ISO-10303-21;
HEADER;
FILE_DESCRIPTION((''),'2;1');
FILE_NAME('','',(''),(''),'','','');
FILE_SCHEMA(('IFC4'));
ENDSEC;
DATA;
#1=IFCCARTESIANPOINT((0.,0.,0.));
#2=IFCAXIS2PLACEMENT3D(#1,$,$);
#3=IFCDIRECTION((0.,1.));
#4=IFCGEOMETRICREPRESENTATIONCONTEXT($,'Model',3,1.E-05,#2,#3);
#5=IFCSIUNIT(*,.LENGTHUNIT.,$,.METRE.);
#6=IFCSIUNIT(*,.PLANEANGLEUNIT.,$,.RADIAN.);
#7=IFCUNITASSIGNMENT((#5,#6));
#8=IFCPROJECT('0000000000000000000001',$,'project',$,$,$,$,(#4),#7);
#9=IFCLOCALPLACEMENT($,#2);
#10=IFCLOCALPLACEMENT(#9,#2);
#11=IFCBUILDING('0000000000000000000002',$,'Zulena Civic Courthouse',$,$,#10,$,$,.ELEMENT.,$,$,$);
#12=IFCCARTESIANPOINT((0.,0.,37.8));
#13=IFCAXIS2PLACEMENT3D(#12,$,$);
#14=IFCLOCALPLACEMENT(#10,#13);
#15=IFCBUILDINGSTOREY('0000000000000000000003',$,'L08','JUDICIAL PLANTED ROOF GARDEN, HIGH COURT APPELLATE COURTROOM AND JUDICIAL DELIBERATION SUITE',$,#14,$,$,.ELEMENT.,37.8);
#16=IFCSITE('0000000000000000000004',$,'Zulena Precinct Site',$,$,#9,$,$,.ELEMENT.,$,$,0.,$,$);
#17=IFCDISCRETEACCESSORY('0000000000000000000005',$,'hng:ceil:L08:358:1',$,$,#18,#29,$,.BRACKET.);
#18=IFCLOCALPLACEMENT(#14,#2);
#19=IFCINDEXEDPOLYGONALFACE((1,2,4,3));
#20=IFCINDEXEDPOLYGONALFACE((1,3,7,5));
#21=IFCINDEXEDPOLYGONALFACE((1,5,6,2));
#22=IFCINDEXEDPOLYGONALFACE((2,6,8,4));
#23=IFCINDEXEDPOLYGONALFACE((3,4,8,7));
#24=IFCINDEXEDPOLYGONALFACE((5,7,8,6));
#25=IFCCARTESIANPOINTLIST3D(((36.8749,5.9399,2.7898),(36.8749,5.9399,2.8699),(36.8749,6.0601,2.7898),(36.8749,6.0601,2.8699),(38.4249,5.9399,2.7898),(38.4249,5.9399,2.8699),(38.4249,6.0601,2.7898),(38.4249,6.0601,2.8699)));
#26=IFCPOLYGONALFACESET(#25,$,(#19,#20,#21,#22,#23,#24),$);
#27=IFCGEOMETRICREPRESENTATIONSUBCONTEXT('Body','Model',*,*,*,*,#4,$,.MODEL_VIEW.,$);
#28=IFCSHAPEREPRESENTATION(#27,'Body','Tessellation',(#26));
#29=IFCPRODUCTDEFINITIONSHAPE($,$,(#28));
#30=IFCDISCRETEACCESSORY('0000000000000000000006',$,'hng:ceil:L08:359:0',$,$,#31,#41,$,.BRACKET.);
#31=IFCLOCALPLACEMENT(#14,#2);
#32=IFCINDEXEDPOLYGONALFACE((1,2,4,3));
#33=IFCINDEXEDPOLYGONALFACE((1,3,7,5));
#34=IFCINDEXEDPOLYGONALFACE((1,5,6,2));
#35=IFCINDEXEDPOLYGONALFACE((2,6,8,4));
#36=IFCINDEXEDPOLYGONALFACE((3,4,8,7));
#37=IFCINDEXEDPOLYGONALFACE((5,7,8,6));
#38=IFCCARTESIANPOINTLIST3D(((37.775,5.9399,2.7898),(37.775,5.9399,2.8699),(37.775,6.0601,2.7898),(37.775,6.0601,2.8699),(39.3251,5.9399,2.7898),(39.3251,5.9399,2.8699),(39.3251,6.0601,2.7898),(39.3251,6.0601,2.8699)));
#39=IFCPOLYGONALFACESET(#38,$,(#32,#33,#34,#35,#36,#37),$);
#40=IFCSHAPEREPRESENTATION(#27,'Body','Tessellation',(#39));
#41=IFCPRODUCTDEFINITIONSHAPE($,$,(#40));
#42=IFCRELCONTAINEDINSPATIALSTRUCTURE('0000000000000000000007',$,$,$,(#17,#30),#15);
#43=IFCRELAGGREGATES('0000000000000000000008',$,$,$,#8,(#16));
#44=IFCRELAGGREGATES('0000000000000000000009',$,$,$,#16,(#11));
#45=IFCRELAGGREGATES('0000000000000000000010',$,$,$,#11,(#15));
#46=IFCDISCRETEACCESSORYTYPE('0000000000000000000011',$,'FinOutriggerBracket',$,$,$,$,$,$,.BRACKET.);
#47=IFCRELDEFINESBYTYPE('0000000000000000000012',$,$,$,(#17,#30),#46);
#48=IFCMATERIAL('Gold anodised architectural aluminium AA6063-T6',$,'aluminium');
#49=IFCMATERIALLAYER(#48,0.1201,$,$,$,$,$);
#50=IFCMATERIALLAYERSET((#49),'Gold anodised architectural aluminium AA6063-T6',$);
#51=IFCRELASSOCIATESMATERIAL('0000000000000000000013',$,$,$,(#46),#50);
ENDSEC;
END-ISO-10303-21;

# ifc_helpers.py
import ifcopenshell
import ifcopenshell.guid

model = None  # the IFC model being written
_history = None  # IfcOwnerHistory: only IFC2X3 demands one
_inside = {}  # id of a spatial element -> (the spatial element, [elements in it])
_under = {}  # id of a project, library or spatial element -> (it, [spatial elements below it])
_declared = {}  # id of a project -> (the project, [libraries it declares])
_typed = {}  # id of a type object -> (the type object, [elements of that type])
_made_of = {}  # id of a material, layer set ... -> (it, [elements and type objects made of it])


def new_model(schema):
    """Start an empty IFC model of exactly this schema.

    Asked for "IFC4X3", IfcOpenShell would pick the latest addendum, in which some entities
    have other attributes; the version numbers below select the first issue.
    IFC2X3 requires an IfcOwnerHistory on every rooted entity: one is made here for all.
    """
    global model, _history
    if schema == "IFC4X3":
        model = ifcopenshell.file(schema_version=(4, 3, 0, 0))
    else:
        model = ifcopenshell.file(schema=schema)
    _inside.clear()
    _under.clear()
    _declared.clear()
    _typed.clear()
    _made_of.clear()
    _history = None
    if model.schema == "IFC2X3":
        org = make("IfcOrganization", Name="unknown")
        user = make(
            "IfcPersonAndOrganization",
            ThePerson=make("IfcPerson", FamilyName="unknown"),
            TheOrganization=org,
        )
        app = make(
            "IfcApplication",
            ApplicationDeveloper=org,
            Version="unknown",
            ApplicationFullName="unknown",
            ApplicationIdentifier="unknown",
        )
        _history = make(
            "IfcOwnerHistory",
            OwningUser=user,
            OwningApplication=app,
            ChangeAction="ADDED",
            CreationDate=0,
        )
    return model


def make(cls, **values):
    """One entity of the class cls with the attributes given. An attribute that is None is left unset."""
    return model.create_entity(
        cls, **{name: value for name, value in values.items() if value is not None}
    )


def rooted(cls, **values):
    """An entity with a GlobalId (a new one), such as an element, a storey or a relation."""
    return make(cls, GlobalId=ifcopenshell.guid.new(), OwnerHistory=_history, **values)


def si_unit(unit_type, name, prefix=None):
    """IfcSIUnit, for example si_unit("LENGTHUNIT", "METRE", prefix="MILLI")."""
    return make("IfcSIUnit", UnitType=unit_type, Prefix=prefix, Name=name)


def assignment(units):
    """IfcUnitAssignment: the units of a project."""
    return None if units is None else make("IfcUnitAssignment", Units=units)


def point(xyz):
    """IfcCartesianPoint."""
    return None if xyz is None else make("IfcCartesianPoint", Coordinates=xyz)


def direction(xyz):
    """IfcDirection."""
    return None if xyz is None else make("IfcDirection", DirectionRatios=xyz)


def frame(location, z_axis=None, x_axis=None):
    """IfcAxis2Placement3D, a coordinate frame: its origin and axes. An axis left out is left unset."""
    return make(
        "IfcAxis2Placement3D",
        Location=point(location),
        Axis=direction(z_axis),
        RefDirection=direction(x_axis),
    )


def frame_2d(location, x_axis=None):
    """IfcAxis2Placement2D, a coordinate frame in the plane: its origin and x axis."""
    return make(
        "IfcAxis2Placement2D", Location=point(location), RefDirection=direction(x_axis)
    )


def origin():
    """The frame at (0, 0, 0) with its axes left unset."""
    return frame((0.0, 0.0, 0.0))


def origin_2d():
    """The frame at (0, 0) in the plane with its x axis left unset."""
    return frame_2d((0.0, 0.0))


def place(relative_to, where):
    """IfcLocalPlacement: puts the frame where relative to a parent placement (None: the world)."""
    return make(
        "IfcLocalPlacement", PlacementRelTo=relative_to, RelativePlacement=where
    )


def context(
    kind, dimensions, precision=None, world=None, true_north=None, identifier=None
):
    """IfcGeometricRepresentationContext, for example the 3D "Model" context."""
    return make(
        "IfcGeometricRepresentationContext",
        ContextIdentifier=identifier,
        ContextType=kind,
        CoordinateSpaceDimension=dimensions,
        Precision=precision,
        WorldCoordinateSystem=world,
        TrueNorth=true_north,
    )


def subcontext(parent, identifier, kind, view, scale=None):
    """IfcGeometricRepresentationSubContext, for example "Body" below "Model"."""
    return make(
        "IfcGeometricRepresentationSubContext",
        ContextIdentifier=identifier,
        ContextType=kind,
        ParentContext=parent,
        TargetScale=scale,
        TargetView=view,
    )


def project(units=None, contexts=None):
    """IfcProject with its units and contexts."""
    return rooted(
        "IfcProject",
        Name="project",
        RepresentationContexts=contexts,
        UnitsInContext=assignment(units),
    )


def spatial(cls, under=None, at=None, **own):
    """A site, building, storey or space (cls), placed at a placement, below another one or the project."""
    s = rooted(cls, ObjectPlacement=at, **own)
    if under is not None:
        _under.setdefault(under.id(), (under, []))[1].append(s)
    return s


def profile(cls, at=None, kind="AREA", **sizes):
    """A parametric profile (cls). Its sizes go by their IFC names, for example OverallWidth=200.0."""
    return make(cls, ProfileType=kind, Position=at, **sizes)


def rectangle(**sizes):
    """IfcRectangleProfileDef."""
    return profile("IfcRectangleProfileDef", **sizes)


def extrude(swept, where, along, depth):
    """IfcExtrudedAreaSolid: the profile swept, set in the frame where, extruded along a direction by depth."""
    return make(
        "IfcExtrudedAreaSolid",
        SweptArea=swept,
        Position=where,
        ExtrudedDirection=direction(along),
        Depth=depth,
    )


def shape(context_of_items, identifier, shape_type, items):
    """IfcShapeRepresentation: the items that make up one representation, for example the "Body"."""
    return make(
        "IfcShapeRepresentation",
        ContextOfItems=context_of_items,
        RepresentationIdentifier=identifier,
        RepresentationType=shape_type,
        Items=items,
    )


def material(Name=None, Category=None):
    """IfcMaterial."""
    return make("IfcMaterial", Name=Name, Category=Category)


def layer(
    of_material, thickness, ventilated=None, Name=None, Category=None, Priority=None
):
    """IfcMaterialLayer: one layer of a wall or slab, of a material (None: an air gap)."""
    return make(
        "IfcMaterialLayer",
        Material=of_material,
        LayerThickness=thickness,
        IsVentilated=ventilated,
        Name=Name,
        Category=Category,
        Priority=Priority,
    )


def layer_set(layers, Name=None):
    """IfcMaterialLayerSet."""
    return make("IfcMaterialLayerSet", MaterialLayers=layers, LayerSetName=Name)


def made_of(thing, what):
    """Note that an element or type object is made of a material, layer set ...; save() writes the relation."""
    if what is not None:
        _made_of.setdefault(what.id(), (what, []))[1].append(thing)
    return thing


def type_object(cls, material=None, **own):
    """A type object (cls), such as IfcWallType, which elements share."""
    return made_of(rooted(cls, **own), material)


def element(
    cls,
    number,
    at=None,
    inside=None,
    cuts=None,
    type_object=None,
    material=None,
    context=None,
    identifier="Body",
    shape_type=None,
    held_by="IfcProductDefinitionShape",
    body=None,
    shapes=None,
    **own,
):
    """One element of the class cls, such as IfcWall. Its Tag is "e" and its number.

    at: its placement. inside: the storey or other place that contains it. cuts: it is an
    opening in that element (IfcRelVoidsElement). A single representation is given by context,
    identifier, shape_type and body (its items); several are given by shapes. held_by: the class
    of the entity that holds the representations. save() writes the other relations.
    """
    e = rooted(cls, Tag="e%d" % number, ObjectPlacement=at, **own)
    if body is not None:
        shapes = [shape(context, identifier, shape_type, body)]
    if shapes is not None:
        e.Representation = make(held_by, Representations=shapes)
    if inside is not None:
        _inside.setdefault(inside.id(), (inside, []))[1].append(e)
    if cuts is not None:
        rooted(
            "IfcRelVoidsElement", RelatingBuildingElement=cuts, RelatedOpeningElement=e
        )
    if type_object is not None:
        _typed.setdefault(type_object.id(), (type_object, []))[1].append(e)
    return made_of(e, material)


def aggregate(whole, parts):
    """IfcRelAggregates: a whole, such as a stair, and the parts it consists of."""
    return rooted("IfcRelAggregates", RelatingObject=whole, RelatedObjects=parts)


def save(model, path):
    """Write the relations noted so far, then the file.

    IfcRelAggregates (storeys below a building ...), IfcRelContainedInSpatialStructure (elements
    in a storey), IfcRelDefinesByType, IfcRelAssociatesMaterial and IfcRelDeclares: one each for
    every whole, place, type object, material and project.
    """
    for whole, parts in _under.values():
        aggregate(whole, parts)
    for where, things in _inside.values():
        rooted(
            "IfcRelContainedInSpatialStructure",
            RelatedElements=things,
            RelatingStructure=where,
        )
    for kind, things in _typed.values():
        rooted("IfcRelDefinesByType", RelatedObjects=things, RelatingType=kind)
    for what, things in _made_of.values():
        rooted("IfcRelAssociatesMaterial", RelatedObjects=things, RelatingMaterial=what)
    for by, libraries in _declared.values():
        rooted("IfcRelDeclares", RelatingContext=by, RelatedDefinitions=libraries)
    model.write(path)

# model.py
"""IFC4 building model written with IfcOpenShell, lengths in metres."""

from ifc_helpers import new_model, si_unit, direction, frame, origin, origin_2d, place, context, subcontext, project, spatial, rectangle, extrude, material, layer, layer_set, type_object, element, save


model = new_model("IFC4")

# Units and contexts
model_context = context("Model", 3, precision=1e-05, world=origin(), true_north=direction((0.0, 1.0)))
body_context = subcontext(model_context, "Body", "Model", "MODEL_VIEW")
ifc_project = project(units=[si_unit("LENGTHUNIT", "METRE"), si_unit("PLANEANGLEUNIT", "RADIAN")], contexts=[model_context])

# Site, building, storey
site_placement = place(None, origin())
site = spatial("IfcSite", under=ifc_project, at=site_placement, Name="Zulena Precinct Site", CompositionType="ELEMENT", RefElevation=0.0)
building_placement = place(site_placement, origin())
building = spatial("IfcBuilding", under=site, at=building_placement, Name="Zulena Civic Courthouse", CompositionType="ELEMENT")
storey_placement = place(building_placement, frame((0.0, 0.0, 37.8)))
storey = spatial("IfcBuildingStorey", under=building, at=storey_placement, Name="L08", Description="JUDICIAL PLANTED ROOF GARDEN, HIGH COURT APPELLATE COURTROOM AND JUDICIAL DELIBERATION SUITE", CompositionType="ELEMENT", Elevation=37.8)

# Discrete accessories
ifc_material_1 = material(Name="Gold anodised architectural aluminium AA6063-T6", Category="aluminium")
ifc_layer_1 = layer(ifc_material_1, 0.1201)
ifc_layer_set_1 = layer_set([ifc_layer_1], Name="Gold anodised architectural aluminium AA6063-T6")
discrete_accessory_type = type_object("IfcDiscreteAccessoryType", Name="FinOutriggerBracket", PredefinedType="BRACKET", material=ifc_layer_set_1)
for number, where, z_axis, x_axis, name in (
    (1, (37.6499, 6.0, 2.7898), (0.0, 0.0, 1.0), (1.0, 0.0, 0.0), "hng:ceil:L08:358:1"),
    (2, (38.55, 6.0, 2.7898), (0.0, 0.0, 1.0), (1.0, 0.0, 0.0), "hng:ceil:L08:359:0"),
):
    element("IfcDiscreteAccessory", number, at=place(storey_placement, frame(where, z_axis=z_axis, x_axis=x_axis)), inside=storey, type_object=discrete_accessory_type, Name=name, PredefinedType="BRACKET", context=body_context, shape_type="SweptSolid", body=[
        extrude(rectangle(XDim=1.55, YDim=0.1201, at=origin_2d()), origin(), (0.0, 0.0, 1.0), 0.0801),
    ])

save(model, "model.ifc")
